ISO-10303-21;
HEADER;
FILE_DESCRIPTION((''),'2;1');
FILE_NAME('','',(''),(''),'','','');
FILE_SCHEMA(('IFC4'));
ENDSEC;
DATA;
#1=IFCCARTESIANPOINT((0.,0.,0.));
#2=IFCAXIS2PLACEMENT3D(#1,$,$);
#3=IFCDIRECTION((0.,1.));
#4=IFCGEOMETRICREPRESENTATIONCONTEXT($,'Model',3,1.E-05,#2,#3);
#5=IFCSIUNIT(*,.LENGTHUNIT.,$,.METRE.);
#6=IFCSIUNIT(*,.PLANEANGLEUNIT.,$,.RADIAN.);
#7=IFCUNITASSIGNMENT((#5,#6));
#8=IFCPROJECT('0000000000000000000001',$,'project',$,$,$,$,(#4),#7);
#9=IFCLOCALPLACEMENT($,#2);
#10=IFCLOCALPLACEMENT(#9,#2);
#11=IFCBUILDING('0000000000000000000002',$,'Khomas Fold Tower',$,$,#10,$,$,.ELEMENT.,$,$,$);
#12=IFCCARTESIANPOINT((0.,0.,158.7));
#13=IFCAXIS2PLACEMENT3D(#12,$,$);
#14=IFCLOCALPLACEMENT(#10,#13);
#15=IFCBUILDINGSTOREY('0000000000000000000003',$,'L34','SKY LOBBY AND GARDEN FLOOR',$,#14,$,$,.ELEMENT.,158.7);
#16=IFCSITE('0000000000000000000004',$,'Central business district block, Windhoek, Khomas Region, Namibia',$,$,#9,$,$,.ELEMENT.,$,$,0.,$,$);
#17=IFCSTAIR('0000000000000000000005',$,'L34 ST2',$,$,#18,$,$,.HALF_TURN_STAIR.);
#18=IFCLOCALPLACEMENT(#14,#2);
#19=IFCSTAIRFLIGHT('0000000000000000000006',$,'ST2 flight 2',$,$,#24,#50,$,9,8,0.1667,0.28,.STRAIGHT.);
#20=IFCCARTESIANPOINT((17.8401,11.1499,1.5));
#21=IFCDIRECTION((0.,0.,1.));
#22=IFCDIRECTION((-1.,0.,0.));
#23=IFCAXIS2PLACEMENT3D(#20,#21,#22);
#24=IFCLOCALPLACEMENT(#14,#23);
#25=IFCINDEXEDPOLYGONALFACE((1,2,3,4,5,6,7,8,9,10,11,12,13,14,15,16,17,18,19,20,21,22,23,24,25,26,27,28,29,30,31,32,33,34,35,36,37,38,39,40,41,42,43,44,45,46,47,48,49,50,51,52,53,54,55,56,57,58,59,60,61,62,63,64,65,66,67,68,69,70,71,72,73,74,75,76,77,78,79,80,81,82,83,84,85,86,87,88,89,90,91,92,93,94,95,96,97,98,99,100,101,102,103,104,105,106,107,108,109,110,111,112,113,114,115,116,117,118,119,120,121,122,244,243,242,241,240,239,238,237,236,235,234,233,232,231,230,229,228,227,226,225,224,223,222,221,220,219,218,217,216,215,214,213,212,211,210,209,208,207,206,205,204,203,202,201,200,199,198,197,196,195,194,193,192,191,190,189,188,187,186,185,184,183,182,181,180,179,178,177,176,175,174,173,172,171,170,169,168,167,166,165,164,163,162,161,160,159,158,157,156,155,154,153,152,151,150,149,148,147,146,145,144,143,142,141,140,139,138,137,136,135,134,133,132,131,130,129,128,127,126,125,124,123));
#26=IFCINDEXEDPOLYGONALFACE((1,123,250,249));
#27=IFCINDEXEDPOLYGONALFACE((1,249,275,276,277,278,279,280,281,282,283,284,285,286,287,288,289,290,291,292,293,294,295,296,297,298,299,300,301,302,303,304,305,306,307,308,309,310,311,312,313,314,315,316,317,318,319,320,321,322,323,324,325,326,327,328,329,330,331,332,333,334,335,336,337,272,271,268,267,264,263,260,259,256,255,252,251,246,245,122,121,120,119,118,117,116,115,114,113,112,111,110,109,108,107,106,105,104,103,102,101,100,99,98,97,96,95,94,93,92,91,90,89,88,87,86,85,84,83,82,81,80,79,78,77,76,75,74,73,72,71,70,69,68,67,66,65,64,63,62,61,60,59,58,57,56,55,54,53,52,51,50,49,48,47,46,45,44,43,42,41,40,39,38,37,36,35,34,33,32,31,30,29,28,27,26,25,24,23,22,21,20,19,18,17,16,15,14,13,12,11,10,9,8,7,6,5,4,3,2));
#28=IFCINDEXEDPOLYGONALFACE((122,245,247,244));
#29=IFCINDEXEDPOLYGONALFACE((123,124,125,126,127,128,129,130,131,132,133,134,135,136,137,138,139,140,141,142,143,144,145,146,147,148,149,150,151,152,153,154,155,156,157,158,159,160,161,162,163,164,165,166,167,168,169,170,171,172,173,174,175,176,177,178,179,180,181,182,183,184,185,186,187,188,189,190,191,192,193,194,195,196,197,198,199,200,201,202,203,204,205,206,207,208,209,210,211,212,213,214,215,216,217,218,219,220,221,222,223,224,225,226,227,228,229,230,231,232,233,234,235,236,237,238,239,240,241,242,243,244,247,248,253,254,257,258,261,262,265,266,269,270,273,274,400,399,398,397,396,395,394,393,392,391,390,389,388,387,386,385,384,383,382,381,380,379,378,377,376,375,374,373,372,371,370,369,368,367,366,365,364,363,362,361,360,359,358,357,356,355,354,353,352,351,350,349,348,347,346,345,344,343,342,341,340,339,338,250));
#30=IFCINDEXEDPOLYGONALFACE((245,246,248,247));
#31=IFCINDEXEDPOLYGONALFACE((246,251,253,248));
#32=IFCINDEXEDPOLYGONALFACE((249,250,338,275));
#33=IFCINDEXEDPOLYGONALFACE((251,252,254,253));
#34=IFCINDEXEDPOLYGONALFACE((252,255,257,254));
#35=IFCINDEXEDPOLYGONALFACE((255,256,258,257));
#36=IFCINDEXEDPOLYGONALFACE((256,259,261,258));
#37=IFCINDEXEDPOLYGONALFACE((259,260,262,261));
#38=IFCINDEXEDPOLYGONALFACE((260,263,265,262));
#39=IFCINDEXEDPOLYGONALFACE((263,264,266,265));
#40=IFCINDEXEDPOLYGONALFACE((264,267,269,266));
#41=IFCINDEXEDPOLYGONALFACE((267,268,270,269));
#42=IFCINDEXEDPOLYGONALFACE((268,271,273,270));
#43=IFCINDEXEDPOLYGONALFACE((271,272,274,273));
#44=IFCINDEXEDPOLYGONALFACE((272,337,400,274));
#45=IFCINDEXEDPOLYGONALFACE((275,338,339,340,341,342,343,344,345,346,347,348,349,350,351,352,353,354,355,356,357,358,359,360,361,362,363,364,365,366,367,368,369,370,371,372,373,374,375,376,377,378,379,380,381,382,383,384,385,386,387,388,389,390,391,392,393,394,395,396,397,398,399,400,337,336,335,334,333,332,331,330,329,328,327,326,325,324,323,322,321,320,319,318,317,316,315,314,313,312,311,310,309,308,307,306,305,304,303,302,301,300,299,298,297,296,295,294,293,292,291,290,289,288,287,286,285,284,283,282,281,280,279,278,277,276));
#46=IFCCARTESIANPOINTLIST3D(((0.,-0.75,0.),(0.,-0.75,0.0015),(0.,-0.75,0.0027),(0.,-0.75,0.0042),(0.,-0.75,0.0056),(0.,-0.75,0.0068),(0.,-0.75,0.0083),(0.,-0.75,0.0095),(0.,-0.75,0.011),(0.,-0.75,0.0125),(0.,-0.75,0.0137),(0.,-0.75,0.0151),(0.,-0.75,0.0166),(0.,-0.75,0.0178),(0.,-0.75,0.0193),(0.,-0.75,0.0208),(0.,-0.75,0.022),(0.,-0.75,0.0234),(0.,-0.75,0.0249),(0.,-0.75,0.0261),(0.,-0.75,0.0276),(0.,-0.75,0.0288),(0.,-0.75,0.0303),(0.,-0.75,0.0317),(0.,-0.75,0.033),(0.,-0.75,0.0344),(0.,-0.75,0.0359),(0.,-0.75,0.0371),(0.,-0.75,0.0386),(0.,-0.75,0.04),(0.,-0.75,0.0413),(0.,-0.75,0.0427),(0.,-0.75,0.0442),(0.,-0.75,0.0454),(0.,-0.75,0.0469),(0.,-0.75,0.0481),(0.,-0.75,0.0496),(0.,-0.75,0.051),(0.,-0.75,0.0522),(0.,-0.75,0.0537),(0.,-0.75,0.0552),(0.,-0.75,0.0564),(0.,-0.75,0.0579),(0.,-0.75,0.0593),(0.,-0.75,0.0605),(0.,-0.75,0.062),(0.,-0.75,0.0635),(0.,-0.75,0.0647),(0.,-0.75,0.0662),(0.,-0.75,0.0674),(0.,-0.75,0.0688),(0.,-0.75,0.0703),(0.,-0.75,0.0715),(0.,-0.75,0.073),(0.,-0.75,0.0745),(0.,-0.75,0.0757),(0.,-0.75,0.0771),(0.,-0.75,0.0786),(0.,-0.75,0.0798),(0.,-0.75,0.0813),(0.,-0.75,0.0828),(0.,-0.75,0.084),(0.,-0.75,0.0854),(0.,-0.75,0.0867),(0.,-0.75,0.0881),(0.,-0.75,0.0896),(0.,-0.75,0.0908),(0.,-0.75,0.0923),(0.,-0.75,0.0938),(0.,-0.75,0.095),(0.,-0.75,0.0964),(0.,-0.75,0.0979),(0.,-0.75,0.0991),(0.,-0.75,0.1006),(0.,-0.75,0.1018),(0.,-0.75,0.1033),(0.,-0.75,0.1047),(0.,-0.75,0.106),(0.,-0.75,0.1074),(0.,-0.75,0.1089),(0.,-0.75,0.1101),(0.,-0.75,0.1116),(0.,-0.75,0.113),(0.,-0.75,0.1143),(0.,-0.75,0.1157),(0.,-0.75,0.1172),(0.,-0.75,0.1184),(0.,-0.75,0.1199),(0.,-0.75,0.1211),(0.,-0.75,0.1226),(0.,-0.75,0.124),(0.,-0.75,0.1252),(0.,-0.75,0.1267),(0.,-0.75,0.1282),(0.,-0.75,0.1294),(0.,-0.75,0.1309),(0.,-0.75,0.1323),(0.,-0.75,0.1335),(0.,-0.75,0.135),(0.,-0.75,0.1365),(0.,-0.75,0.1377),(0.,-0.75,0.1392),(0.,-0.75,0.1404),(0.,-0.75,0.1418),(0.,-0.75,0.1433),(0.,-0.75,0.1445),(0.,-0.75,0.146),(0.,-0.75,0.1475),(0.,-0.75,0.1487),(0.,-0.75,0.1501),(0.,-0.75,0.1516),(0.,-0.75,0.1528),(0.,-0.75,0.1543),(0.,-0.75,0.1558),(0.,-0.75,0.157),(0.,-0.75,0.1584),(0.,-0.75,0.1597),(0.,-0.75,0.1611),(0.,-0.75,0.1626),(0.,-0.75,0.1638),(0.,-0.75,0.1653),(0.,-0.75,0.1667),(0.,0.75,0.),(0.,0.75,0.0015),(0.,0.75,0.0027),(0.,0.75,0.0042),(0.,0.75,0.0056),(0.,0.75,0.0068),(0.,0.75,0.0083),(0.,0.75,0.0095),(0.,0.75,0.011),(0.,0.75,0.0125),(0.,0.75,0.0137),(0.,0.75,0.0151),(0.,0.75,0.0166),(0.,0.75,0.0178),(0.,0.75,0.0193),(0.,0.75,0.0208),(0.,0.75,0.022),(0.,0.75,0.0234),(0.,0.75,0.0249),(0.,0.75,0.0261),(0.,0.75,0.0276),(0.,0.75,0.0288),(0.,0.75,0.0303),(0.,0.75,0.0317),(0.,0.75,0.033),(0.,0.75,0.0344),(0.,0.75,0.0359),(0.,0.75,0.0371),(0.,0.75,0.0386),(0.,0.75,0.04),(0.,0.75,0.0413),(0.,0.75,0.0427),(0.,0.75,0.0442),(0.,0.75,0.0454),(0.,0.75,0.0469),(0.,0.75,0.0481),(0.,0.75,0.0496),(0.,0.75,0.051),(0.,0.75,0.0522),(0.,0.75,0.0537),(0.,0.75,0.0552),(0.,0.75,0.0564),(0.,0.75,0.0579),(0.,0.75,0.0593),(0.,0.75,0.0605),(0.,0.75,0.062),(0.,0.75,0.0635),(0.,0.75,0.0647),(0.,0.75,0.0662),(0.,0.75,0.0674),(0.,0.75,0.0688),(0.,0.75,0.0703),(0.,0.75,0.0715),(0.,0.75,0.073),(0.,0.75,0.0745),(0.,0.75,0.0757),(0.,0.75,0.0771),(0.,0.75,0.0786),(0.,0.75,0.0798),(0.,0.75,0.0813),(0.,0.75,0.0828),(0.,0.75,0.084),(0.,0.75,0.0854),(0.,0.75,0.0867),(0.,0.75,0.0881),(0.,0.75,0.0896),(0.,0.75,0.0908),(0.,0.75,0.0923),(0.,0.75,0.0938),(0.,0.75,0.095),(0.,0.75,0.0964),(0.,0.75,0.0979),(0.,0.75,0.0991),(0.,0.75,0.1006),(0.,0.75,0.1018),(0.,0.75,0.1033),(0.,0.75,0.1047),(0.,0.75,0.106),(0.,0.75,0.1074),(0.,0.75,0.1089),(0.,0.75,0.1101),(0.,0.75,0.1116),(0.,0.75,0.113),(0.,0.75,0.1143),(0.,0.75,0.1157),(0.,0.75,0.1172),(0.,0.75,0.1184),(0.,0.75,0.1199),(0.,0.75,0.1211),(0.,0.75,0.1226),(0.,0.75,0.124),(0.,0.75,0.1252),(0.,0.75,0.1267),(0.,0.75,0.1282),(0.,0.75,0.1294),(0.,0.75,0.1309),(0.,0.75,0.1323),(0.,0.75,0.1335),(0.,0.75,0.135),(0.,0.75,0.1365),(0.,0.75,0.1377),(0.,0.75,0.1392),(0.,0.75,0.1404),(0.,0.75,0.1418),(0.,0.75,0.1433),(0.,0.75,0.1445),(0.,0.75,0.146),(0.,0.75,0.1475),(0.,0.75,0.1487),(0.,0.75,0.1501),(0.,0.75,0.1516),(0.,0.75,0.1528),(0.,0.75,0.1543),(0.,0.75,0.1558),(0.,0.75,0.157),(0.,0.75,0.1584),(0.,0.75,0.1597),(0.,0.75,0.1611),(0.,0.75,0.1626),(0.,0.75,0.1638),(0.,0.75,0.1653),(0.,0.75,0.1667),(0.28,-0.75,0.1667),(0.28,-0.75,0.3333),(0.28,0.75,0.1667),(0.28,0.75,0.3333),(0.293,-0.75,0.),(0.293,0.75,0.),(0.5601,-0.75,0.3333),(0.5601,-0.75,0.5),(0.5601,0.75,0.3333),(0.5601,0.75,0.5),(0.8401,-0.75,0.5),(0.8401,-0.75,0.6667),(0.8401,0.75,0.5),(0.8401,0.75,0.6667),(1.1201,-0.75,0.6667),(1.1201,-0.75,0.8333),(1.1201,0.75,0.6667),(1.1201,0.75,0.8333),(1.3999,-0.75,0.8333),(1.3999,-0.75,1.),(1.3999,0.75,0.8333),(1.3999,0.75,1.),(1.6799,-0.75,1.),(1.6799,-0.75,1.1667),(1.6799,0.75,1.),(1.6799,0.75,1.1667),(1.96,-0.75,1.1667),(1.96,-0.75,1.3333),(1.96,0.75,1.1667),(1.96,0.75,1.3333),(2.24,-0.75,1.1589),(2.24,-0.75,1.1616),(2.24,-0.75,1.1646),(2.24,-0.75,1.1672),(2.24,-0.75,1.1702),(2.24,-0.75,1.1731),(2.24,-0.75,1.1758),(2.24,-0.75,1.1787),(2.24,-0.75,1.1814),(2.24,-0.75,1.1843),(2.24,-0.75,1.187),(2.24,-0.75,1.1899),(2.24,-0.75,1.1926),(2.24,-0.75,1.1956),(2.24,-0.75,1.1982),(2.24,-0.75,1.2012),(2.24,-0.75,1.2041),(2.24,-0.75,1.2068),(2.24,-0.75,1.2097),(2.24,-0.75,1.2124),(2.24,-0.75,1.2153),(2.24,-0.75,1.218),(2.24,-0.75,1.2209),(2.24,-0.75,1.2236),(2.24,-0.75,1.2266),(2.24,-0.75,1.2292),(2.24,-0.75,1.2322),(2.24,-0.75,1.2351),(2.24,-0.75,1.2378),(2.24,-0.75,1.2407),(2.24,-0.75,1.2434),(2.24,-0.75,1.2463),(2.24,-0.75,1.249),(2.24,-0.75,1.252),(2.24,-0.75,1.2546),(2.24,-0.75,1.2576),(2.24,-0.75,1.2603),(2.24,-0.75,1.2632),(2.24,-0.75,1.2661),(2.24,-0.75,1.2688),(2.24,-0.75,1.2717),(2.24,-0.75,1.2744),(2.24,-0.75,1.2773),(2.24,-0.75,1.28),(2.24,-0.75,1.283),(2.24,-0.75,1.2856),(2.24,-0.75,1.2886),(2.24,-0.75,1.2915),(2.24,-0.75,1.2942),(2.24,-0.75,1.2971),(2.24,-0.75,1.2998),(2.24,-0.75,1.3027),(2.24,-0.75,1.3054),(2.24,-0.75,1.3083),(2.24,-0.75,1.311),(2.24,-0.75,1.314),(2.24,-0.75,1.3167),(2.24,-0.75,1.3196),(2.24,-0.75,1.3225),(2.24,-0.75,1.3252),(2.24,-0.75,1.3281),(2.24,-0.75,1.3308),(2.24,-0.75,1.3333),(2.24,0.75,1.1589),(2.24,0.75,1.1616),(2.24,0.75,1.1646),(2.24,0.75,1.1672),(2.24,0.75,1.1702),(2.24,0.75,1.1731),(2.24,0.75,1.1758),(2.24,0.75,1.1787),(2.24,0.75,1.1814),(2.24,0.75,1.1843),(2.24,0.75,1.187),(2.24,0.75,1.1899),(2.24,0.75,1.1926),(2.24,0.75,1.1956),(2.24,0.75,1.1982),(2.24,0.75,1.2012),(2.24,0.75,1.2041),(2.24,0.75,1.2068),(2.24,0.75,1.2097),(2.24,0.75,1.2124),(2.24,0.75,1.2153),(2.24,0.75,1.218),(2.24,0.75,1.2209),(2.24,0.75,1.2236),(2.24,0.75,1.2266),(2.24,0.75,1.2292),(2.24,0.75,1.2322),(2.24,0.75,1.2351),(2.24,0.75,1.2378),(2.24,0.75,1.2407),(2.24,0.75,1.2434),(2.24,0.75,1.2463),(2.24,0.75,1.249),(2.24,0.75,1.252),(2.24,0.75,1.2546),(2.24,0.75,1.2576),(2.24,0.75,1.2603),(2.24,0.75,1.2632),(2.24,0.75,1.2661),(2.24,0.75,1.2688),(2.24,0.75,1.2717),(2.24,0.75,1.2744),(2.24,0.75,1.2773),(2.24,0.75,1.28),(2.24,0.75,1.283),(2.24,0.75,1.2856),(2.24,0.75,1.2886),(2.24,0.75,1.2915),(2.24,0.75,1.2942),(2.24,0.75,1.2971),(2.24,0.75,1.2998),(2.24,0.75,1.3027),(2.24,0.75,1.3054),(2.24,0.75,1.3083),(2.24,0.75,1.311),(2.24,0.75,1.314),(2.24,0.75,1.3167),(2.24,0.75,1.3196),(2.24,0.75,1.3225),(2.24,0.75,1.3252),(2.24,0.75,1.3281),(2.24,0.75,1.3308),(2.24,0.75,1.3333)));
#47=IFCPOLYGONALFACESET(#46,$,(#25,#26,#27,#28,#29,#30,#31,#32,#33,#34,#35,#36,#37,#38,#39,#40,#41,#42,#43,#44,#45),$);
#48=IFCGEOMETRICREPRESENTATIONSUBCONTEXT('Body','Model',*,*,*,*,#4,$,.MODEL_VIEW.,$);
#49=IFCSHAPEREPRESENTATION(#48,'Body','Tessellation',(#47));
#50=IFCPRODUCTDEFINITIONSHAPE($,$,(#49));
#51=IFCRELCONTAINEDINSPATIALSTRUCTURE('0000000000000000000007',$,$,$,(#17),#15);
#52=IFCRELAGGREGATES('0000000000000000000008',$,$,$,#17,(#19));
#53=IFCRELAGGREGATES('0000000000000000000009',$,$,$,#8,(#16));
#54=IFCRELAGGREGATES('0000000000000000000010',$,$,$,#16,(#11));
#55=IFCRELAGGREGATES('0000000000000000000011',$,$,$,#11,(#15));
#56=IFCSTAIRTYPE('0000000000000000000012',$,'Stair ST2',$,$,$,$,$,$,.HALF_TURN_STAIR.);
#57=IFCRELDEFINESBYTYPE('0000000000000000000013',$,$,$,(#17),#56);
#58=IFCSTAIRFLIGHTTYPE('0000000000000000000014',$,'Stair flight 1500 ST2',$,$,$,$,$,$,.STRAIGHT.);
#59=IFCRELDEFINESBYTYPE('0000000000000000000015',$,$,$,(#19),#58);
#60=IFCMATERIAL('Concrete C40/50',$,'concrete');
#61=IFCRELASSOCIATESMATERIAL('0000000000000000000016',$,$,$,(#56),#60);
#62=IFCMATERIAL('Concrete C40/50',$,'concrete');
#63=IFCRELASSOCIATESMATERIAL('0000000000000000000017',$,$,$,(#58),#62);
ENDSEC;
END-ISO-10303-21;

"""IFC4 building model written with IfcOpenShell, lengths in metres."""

from ifc_helpers import new_model, si_unit, direction, frame, origin, place, context, subcontext, project, spatial, polyline, outline, extrude, source, transform, mapped, material, type_object, element, aggregate, save


model = new_model("IFC4")

# Units and contexts
model_context = context("Model", 3, precision=1e-05, world=origin(), true_north=direction((0.0, 1.0)))
body_context = subcontext(model_context, "Body", "Model", "MODEL_VIEW")
ifc_project = project(units=[si_unit("LENGTHUNIT", "METRE"), si_unit("PLANEANGLEUNIT", "RADIAN")], contexts=[model_context])

# Site, building, storey
site_placement = place(None, origin())
site = spatial("IfcSite", under=ifc_project, at=site_placement, Name="Central business district block, Windhoek, Khomas Region, Namibia", CompositionType="ELEMENT", RefElevation=0.0)
building_placement = place(site_placement, origin())
building = spatial("IfcBuilding", under=site, at=building_placement, Name="Khomas Fold Tower", CompositionType="ELEMENT")
storey_placement = place(building_placement, frame((0.0, 0.0, 158.7)))
storey = spatial("IfcBuildingStorey", under=building, at=storey_placement, Name="L34", Description="SKY LOBBY AND GARDEN FLOOR", CompositionType="ELEMENT", Elevation=158.7)

# Stair, stair flight
ifc_material_1 = material(Name="Concrete C40/50", Category="concrete")
stair_type = type_object("IfcStairType", Name="Stair ST2", PredefinedType="HALF_TURN_STAIR", material=ifc_material_1)
stair_placement = place(storey_placement, origin())
stair = element("IfcStair", 1, at=stair_placement, inside=storey, type_object=stair_type, Name="L34 ST2", PredefinedType="HALF_TURN_STAIR")
ifc_material_2 = material(Name="Concrete C40/50", Category="concrete")
stair_flight_type = type_object("IfcStairFlightType", Name="Stair flight 1500 ST2", PredefinedType="STRAIGHT", material=ifc_material_2)
shared_shape_1 = source(origin(), body_context, "Body", "SweptSolid", [
    extrude(outline(polyline([(0.0, 0.0), (0.0, 0.0015), (0.0, 0.0027), (0.0, 0.0042), (0.0, 0.0056), (0.0, 0.0068), (0.0, 0.0083), (0.0, 0.0095), (0.0, 0.011), (0.0, 0.0125), (0.0, 0.0137), (0.0, 0.0151), (0.0, 0.0166), (0.0, 0.0178), (0.0, 0.0193), (0.0, 0.0208), (0.0, 0.022), (0.0, 0.0234), (0.0, 0.0249), (0.0, 0.0261), (0.0, 0.0276), (0.0, 0.0288), (0.0, 0.0303), (0.0, 0.0317), (0.0, 0.033), (0.0, 0.0344), (0.0, 0.0359), (0.0, 0.0371), (0.0, 0.0386), (0.0, 0.04), (0.0, 0.0413), (0.0, 0.0427), (0.0, 0.0442), (0.0, 0.0454), (0.0, 0.0469), (0.0, 0.0481), (0.0, 0.0496), (0.0, 0.051), (0.0, 0.0522), (0.0, 0.0537), (0.0, 0.0552), (0.0, 0.0564), (0.0, 0.0579), (0.0, 0.0593), (0.0, 0.0605), (0.0, 0.062), (0.0, 0.0635), (0.0, 0.0647), (0.0, 0.0662), (0.0, 0.0674), (0.0, 0.0688), (0.0, 0.0703), (0.0, 0.0715), (0.0, 0.073), (0.0, 0.0745), (0.0, 0.0757), (0.0, 0.0771), (0.0, 0.0786), (0.0, 0.0798), (0.0, 0.0813), (0.0, 0.0828), (0.0, 0.084), (0.0, 0.0854), (0.0, 0.0867), (0.0, 0.0881), (0.0, 0.0896), (0.0, 0.0908), (0.0, 0.0923), (0.0, 0.0938), (0.0, 0.095), (0.0, 0.0964), (0.0, 0.0979), (0.0, 0.0991), (0.0, 0.1006), (0.0, 0.1018), (0.0, 0.1033), (0.0, 0.1047), (0.0, 0.106), (0.0, 0.1074), (0.0, 0.1089), (0.0, 0.1101), (0.0, 0.1116), (0.0, 0.113), (0.0, 0.1143), (0.0, 0.1157), (0.0, 0.1172), (0.0, 0.1184), (0.0, 0.1199), (0.0, 0.1211), (0.0, 0.1226), (0.0, 0.124), (0.0, 0.1252), (0.0, 0.1267), (0.0, 0.1282), (0.0, 0.1294), (0.0, 0.1309), (0.0, 0.1323), (0.0, 0.1335), (0.0, 0.135), (0.0, 0.1365), (0.0, 0.1377), (0.0, 0.1392), (0.0, 0.1404), (0.0, 0.1418), (0.0, 0.1433), (0.0, 0.1445), (0.0, 0.146), (0.0, 0.1475), (0.0, 0.1487), (0.0, 0.1501), (0.0, 0.1516), (0.0, 0.1528), (0.0, 0.1543), (0.0, 0.1558), (0.0, 0.157), (0.0, 0.1584), (0.0, 0.1597), (0.0, 0.1611), (0.0, 0.1626), (0.0, 0.1638), (0.0, 0.1653), (0.0, 0.1667), (0.28, 0.1667), (0.28, 0.3333), (0.5601, 0.3333), (0.5601, 0.5), (0.8401, 0.5), (0.8401, 0.6667), (1.1201, 0.6667), (1.1201, 0.8333), (1.3999, 0.8333), (1.3999, 1.0), (1.6799, 1.0), (1.6799, 1.1667), (1.96, 1.1667), (1.96, 1.3333), (2.24, 1.3333), (2.24, 1.5), (2.24, 1.4971), (2.24, 1.4944), (2.24, 1.4915), (2.24, 1.4888), (2.24, 1.4858), (2.24, 1.4832), (2.24, 1.4802), (2.24, 1.4775), (2.24, 1.4746), (2.24, 1.4719), (2.24, 1.469), (2.24, 1.4661), (2.24, 1.4634), (2.24, 1.4604), (2.24, 1.4578), (2.24, 1.4548), (2.24, 1.4521), (2.24, 1.4492), (2.24, 1.4465), (2.24, 1.4436), (2.24, 1.4409), (2.24, 1.438), (2.24, 1.4351), (2.24, 1.4324), (2.24, 1.4294), (2.24, 1.4268), (2.24, 1.4238), (2.24, 1.4211), (2.24, 1.4182), (2.24, 1.4155), (2.24, 1.4126), (2.24, 1.4097), (2.24, 1.407), (2.24, 1.4041), (2.24, 1.4014), (2.24, 1.3984), (2.24, 1.3958), (2.24, 1.3928), (2.24, 1.3901), (2.24, 1.3872), (2.24, 1.3845), (2.24, 1.3816), (2.24, 1.3787), (2.24, 1.376), (2.24, 1.373), (2.24, 1.3704), (2.24, 1.3674), (2.24, 1.3647), (2.24, 1.3618), (2.24, 1.3591), (2.24, 1.3562), (2.24, 1.3535), (2.24, 1.3506), (2.24, 1.3477), (2.24, 1.345), (2.24, 1.342), (2.24, 1.3394), (2.24, 1.3364), (2.24, 1.3337), (2.24, 1.3308), (2.24, 1.3281), (2.24, 1.3252), (2.24, 1.3225), (2.24, 1.3196), (2.24, 1.3167), (2.24, 1.314), (2.24, 1.311), (2.24, 1.3083), (2.24, 1.3054), (2.24, 1.3027), (2.24, 1.2998), (2.24, 1.2971), (2.24, 1.2942), (2.24, 1.2915), (2.24, 1.2886), (2.24, 1.2856), (2.24, 1.283), (2.24, 1.28), (2.24, 1.2773), (2.24, 1.2744), (2.24, 1.2717), (2.24, 1.2688), (2.24, 1.2661), (2.24, 1.2632), (2.24, 1.2603), (2.24, 1.2576), (2.24, 1.2546), (2.24, 1.252), (2.24, 1.249), (2.24, 1.2463), (2.24, 1.2434), (2.24, 1.2407), (2.24, 1.2378), (2.24, 1.2351), (2.24, 1.2322), (2.24, 1.2292), (2.24, 1.2266), (2.24, 1.2236), (2.24, 1.2209), (2.24, 1.218), (2.24, 1.2153), (2.24, 1.2124), (2.24, 1.2097), (2.24, 1.2068), (2.24, 1.2041), (2.24, 1.2012), (2.24, 1.1982), (2.24, 1.1956), (2.24, 1.1926), (2.24, 1.1899), (2.24, 1.187), (2.24, 1.1843), (2.24, 1.1814), (2.24, 1.1787), (2.24, 1.1758), (2.24, 1.1731), (2.24, 1.1702), (2.24, 1.1672), (2.24, 1.1646), (2.24, 1.1616), (2.24, 1.1589), (0.293, 0.0), (0.0, 0.0)])), frame((0.0, 0.75, 0.0), z_axis=(0.0, -1.0, 0.0), x_axis=(1.0, 0.0, 0.0)), (0.0, 0.0, 1.0), 1.5),
])
stair_flight_1_placement = place(storey_placement, frame((17.8401, 11.1499, 1.5), z_axis=(0.0, 0.0, 1.0), x_axis=(-1.0, 0.0, 0.0)))
stair_flight_1 = element("IfcStairFlight", 2, at=stair_flight_1_placement, type_object=stair_flight_type, Name="ST2 flight 2", NumberOfRisers=9, NumberOfTreads=8, PredefinedType="STRAIGHT", RiserHeight=0.1667, TreadLength=0.28, context=body_context, shape_type="MappedRepresentation", body=[
    mapped(shared_shape_1, transform((0.0, 0.0, 0.0))),
])
aggregate(stair, [stair_flight_1])

save(model, "model.ifc")
